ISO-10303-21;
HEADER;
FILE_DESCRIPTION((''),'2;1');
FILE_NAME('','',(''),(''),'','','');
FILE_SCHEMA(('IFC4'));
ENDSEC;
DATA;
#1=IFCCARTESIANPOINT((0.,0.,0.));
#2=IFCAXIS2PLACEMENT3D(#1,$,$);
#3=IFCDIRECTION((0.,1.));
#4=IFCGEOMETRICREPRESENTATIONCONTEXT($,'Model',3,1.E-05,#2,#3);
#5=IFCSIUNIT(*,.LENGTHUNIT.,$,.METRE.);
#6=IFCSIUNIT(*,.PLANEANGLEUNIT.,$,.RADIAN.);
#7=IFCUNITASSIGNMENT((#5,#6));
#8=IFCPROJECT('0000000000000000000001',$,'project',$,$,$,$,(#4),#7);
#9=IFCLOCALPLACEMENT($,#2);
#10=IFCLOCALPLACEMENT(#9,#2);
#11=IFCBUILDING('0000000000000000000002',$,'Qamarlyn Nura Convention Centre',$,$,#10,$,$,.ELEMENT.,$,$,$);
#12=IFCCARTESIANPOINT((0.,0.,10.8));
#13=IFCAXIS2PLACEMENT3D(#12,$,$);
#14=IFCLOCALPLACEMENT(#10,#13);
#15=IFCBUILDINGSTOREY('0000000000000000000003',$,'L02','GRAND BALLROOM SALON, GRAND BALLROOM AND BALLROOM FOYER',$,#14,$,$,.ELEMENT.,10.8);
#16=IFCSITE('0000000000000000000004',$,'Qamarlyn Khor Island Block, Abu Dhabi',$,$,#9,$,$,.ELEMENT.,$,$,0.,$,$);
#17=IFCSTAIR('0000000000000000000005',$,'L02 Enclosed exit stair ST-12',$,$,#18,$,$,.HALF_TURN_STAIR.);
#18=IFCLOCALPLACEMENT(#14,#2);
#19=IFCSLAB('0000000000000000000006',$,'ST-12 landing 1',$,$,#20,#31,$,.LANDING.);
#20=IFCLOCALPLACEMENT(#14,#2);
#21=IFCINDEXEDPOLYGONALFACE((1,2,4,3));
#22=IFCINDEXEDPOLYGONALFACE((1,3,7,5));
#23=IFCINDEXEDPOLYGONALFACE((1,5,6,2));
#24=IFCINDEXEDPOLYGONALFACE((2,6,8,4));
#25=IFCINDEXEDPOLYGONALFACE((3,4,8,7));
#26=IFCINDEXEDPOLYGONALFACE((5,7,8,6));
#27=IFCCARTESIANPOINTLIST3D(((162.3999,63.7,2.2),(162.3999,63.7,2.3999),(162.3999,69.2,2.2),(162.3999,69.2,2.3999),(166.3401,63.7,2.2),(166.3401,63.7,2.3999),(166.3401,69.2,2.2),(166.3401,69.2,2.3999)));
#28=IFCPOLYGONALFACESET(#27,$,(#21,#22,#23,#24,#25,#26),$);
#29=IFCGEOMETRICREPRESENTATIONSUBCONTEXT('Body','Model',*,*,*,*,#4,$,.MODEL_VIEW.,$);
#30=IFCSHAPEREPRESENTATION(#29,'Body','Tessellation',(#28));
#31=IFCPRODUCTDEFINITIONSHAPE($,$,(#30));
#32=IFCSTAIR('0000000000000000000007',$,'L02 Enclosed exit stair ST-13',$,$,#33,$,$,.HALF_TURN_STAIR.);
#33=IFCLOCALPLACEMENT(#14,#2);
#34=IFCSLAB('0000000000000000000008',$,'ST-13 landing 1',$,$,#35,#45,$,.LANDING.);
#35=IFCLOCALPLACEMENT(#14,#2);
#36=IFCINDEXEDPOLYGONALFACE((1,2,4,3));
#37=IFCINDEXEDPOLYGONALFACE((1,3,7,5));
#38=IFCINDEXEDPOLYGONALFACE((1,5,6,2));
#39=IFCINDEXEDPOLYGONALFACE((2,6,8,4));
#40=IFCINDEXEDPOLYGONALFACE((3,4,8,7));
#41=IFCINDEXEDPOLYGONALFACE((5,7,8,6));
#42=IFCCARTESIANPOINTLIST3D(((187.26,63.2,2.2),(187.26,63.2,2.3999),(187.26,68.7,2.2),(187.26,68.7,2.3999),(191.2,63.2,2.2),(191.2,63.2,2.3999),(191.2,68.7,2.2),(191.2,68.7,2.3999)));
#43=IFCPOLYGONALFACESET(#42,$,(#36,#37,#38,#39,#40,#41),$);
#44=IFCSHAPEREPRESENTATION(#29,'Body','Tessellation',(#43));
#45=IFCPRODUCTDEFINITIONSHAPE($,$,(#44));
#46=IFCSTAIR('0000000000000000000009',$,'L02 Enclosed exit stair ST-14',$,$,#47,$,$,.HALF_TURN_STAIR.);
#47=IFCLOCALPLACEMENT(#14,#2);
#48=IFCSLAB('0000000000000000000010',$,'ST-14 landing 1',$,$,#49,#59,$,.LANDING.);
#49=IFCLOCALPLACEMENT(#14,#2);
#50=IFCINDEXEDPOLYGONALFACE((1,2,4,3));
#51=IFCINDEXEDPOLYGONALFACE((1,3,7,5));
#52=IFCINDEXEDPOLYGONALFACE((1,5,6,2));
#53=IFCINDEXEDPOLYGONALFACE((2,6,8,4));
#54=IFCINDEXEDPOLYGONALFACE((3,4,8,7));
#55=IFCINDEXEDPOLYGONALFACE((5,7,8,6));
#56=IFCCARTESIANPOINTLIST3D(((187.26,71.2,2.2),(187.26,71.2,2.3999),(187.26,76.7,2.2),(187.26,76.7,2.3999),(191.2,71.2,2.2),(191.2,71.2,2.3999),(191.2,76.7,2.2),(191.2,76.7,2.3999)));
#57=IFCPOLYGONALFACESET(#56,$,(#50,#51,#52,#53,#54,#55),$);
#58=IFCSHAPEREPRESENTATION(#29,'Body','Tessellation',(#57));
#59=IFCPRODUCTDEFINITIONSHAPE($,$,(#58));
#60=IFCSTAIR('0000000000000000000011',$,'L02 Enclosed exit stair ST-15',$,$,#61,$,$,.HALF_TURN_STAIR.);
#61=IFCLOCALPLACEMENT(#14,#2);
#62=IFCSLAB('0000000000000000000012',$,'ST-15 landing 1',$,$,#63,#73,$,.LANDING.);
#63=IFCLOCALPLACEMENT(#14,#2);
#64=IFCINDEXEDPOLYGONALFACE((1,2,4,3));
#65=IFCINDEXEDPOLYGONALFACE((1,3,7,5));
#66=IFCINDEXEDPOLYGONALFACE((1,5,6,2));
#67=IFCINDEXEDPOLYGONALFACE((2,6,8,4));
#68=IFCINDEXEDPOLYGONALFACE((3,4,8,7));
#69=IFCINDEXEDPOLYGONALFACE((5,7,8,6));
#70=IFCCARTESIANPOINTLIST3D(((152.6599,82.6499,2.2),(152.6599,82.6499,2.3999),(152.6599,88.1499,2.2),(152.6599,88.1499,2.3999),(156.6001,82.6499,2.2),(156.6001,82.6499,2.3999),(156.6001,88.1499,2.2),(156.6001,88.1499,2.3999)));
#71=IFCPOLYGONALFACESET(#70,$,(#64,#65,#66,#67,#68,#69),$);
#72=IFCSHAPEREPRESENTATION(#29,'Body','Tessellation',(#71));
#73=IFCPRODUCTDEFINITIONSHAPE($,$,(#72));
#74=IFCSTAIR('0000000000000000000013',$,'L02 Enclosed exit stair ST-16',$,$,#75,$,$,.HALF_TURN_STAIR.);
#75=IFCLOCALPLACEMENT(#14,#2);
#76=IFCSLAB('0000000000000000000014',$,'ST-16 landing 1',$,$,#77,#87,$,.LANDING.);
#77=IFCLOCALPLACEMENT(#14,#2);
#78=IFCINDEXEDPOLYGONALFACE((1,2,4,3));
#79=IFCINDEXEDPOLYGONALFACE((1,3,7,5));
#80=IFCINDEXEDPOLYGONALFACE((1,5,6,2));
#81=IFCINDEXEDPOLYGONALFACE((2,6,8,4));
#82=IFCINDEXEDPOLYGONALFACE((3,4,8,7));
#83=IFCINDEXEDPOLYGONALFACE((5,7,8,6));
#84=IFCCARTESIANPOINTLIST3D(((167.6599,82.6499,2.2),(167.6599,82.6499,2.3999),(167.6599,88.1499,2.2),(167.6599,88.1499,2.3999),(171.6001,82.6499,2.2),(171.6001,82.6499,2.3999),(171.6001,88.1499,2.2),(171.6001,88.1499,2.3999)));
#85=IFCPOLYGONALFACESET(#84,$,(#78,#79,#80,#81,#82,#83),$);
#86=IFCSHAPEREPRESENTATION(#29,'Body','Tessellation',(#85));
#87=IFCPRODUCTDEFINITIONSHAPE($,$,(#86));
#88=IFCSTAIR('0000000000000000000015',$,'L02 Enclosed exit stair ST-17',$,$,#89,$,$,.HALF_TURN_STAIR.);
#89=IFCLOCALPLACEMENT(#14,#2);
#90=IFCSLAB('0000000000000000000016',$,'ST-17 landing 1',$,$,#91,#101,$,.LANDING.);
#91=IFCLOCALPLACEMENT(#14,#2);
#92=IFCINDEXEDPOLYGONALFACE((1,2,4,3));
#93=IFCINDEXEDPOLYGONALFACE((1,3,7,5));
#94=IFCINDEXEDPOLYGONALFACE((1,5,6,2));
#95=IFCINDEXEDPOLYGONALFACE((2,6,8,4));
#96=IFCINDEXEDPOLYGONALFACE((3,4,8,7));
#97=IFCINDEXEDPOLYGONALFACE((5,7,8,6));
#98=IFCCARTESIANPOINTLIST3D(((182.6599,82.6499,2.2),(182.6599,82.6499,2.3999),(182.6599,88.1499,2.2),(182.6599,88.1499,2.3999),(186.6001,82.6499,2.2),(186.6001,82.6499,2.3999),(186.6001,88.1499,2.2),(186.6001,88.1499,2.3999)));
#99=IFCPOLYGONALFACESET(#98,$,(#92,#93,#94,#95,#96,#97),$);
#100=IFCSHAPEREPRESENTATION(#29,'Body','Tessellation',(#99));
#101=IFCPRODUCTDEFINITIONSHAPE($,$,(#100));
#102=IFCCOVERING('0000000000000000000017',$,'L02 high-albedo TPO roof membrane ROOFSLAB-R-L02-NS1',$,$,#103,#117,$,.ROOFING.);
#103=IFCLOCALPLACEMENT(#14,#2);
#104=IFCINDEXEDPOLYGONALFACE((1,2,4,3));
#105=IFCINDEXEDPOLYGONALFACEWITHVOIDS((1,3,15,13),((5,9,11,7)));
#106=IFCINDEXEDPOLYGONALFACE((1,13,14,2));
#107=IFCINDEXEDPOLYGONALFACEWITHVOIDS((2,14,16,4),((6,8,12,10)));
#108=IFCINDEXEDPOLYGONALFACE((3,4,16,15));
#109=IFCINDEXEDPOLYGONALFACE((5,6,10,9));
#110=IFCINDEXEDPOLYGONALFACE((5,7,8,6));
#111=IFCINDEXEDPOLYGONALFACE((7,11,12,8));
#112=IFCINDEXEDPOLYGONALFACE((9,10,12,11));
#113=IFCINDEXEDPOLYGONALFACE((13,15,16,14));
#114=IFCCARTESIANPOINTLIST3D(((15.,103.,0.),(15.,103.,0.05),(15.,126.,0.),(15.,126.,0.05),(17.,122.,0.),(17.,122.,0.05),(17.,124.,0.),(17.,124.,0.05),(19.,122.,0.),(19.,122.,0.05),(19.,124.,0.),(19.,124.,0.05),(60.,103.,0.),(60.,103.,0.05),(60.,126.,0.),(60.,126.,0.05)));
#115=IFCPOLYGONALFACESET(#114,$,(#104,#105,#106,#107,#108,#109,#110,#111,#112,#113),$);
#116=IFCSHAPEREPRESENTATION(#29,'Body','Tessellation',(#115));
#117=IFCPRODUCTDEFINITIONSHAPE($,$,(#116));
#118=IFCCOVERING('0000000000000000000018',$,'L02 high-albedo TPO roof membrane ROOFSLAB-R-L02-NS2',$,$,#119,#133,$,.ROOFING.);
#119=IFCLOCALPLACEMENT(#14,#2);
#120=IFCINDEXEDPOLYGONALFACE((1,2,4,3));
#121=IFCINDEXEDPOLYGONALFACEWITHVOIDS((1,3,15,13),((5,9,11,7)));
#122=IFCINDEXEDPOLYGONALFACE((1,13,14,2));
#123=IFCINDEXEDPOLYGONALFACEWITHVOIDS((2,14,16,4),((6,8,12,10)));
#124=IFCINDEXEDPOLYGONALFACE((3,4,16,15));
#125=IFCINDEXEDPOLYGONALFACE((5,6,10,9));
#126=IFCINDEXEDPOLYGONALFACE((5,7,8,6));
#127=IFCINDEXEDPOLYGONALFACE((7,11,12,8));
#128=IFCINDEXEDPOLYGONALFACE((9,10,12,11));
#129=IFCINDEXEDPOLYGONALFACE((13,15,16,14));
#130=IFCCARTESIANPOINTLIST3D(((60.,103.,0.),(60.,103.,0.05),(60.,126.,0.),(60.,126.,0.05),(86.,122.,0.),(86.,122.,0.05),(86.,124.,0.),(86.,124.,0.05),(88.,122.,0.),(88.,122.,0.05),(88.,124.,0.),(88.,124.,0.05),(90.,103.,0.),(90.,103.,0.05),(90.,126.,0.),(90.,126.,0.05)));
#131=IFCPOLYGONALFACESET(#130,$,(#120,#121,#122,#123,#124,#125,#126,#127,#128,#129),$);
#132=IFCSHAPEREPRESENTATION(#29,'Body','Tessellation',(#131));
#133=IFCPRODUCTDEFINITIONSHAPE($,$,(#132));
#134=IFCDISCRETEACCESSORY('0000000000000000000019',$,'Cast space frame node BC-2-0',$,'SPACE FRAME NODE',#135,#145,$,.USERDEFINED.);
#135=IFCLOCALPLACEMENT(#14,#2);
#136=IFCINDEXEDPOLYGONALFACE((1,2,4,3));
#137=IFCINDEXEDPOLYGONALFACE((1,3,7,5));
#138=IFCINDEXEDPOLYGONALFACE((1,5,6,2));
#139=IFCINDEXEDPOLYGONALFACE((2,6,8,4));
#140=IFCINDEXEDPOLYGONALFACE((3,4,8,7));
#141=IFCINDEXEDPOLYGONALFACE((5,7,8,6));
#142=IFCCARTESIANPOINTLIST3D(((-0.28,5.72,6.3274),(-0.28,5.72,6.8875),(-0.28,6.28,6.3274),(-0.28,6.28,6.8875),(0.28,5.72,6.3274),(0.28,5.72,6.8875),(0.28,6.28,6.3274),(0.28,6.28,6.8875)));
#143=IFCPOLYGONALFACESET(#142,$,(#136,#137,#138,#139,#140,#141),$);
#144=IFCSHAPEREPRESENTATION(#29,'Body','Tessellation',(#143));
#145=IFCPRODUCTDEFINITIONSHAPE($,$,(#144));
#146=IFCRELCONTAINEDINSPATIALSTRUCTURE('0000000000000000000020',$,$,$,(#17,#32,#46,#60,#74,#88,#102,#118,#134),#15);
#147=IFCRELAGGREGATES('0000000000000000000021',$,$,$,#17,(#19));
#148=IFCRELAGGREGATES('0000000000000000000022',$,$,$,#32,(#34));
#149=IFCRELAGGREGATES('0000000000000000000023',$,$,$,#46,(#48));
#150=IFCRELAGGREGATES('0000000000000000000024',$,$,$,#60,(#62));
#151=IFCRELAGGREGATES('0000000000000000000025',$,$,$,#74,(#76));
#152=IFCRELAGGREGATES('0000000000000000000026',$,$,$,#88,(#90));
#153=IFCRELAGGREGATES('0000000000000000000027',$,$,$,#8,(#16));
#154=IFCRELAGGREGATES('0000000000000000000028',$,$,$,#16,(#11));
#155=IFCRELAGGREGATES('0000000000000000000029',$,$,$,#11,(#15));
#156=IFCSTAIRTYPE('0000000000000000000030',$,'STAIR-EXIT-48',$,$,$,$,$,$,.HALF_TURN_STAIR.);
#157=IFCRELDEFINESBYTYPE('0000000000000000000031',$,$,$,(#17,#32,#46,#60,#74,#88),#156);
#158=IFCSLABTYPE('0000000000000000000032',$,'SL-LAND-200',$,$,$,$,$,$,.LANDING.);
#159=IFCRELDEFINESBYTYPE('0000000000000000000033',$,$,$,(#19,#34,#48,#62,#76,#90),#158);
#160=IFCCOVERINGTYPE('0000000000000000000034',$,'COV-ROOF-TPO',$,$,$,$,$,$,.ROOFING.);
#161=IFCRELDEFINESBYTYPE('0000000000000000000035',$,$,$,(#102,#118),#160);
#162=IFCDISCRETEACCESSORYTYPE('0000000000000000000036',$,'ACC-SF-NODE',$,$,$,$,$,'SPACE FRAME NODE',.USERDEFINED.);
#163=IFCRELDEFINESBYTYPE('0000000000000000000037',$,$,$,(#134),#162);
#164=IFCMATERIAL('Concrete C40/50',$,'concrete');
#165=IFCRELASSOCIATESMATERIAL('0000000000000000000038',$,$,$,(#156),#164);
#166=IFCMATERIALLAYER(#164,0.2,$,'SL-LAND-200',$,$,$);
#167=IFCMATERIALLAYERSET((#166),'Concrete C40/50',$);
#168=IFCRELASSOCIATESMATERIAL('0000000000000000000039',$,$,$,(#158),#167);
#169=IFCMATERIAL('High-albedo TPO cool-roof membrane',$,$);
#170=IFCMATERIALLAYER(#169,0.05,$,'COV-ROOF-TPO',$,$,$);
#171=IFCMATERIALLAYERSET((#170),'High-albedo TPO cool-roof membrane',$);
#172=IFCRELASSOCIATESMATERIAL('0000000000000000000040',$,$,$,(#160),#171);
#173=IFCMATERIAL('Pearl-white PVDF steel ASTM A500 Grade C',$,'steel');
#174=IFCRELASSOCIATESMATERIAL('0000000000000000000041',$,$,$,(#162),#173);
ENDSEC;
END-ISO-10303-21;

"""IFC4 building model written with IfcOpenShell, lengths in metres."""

from ifc_helpers import new_model, si_unit, direction, frame, origin, origin_2d, place, context, subcontext, project, spatial, polyline, rectangle, outline, extrude, material, layer, layer_set, type_object, element, aggregate, save


model = new_model("IFC4")

# Units and contexts
model_context = context("Model", 3, precision=1e-05, world=origin(), true_north=direction((0.0, 1.0)))
body_context = subcontext(model_context, "Body", "Model", "MODEL_VIEW")
ifc_project = project(units=[si_unit("LENGTHUNIT", "METRE"), si_unit("PLANEANGLEUNIT", "RADIAN")], contexts=[model_context])

# Site, building, storey
site_placement = place(None, origin())
site = spatial("IfcSite", under=ifc_project, at=site_placement, Name="Qamarlyn Khor Island Block, Abu Dhabi", CompositionType="ELEMENT", RefElevation=0.0)
building_placement = place(site_placement, origin())
building = spatial("IfcBuilding", under=site, at=building_placement, Name="Qamarlyn Nura Convention Centre", CompositionType="ELEMENT")
storey_placement = place(building_placement, frame((0.0, 0.0, 10.8)))
storey = spatial("IfcBuildingStorey", under=building, at=storey_placement, Name="L02", Description="GRAND BALLROOM SALON, GRAND BALLROOM AND BALLROOM FOYER", CompositionType="ELEMENT", Elevation=10.8)

# Shared definitions
ifc_material_1 = material(Name="Pearl-white PVDF steel ASTM A500 Grade C", Category="steel")

# Shared definitions
ifc_material_2 = material(Name="Concrete C40/50", Category="concrete")

# Stairs, slabs
stair_type = type_object("IfcStairType", Name="STAIR-EXIT-48", PredefinedType="HALF_TURN_STAIR", material=ifc_material_2)
ifc_layer_1 = layer(ifc_material_2, 0.2, Name="SL-LAND-200")
ifc_layer_set_1 = layer_set([ifc_layer_1], Name="Concrete C40/50")
slab_type_1 = type_object("IfcSlabType", Name="SL-LAND-200", PredefinedType="LANDING", material=ifc_layer_set_1)
stair_1_placement = place(storey_placement, origin())
stair_1 = element("IfcStair", 1, at=stair_1_placement, inside=storey, type_object=stair_type, Name="L02 Enclosed exit stair ST-12", PredefinedType="HALF_TURN_STAIR")
slab_1_placement = place(storey_placement, frame((0.0, 0.0, 2.2)))
slab_1 = element("IfcSlab", 2, at=slab_1_placement, type_object=slab_type_1, Name="ST-12 landing 1", PredefinedType="LANDING", context=body_context, shape_type="SweptSolid", body=[
    extrude(outline(polyline([(166.3401, 69.2), (162.3999, 69.2), (162.3999, 63.7), (166.3401, 63.7), (166.3401, 69.2)])), origin(), (0.0, 0.0, 1.0), 0.2),
])
aggregate(stair_1, [slab_1])
stair_2_placement = place(storey_placement, origin())
stair_2 = element("IfcStair", 3, at=stair_2_placement, inside=storey, type_object=stair_type, Name="L02 Enclosed exit stair ST-13", PredefinedType="HALF_TURN_STAIR")
slab_2_placement = place(storey_placement, frame((0.0, 0.0, 2.2)))
slab_2 = element("IfcSlab", 4, at=slab_2_placement, type_object=slab_type_1, Name="ST-13 landing 1", PredefinedType="LANDING", context=body_context, shape_type="SweptSolid", body=[
    extrude(outline(polyline([(187.26, 63.2), (191.2, 63.2), (191.2, 68.7), (187.26, 68.7), (187.26, 63.2)])), origin(), (0.0, 0.0, 1.0), 0.2),
])
aggregate(stair_2, [slab_2])
stair_3_placement = place(storey_placement, origin())
stair_3 = element("IfcStair", 5, at=stair_3_placement, inside=storey, type_object=stair_type, Name="L02 Enclosed exit stair ST-14", PredefinedType="HALF_TURN_STAIR")
slab_3_placement = place(storey_placement, frame((0.0, 0.0, 2.2)))
slab_3 = element("IfcSlab", 6, at=slab_3_placement, type_object=slab_type_1, Name="ST-14 landing 1", PredefinedType="LANDING", context=body_context, shape_type="SweptSolid", body=[
    extrude(outline(polyline([(187.26, 71.2), (191.2, 71.2), (191.2, 76.7), (187.26, 76.7), (187.26, 71.2)])), origin(), (0.0, 0.0, 1.0), 0.2),
])
aggregate(stair_3, [slab_3])
stair_4_placement = place(storey_placement, origin())
stair_4 = element("IfcStair", 7, at=stair_4_placement, inside=storey, type_object=stair_type, Name="L02 Enclosed exit stair ST-15", PredefinedType="HALF_TURN_STAIR")
slab_4_placement = place(storey_placement, frame((0.0, 0.0, 2.2)))
slab_4 = element("IfcSlab", 8, at=slab_4_placement, type_object=slab_type_1, Name="ST-15 landing 1", PredefinedType="LANDING", context=body_context, shape_type="SweptSolid", body=[
    extrude(outline(polyline([(152.6599, 82.6499), (156.6001, 82.6499), (156.6001, 88.1499), (152.6599, 88.1499), (152.6599, 82.6499)])), origin(), (0.0, 0.0, 1.0), 0.2),
])
aggregate(stair_4, [slab_4])
stair_5_placement = place(storey_placement, origin())
stair_5 = element("IfcStair", 9, at=stair_5_placement, inside=storey, type_object=stair_type, Name="L02 Enclosed exit stair ST-16", PredefinedType="HALF_TURN_STAIR")
slab_5_placement = place(storey_placement, frame((0.0, 0.0, 2.2)))
slab_5 = element("IfcSlab", 10, at=slab_5_placement, type_object=slab_type_1, Name="ST-16 landing 1", PredefinedType="LANDING", context=body_context, shape_type="SweptSolid", body=[
    extrude(outline(polyline([(167.6599, 82.6499), (171.6001, 82.6499), (171.6001, 88.1499), (167.6599, 88.1499), (167.6599, 82.6499)])), origin(), (0.0, 0.0, 1.0), 0.2),
])
aggregate(stair_5, [slab_5])
stair_6_placement = place(storey_placement, origin())
stair_6 = element("IfcStair", 11, at=stair_6_placement, inside=storey, type_object=stair_type, Name="L02 Enclosed exit stair ST-17", PredefinedType="HALF_TURN_STAIR")
slab_6_placement = place(storey_placement, frame((0.0, 0.0, 2.2)))
slab_6 = element("IfcSlab", 12, at=slab_6_placement, type_object=slab_type_1, Name="ST-17 landing 1", PredefinedType="LANDING", context=body_context, shape_type="SweptSolid", body=[
    extrude(outline(polyline([(182.6599, 82.6499), (186.6001, 82.6499), (186.6001, 88.1499), (182.6599, 88.1499), (182.6599, 82.6499)])), origin(), (0.0, 0.0, 1.0), 0.2),
])
aggregate(stair_6, [slab_6])

# Coverings
ifc_material_3 = material(Name="High-albedo TPO cool-roof membrane")
ifc_layer_2 = layer(ifc_material_3, 0.05, Name="COV-ROOF-TPO")
ifc_layer_set_2 = layer_set([ifc_layer_2], Name="High-albedo TPO cool-roof membrane")
covering_type = type_object("IfcCoveringType", Name="COV-ROOF-TPO", PredefinedType="ROOFING", material=ifc_layer_set_2)
covering_1_placement = place(storey_placement, origin())
element("IfcCovering", 13, at=covering_1_placement, inside=storey, type_object=covering_type, Name="L02 high-albedo TPO roof membrane ROOFSLAB-R-L02-NS1", PredefinedType="ROOFING", context=body_context, shape_type="SweptSolid", body=[
    extrude(outline(polyline([(15.0, 103.0), (15.0, 126.0), (60.0, 126.0), (60.0, 103.0), (15.0, 103.0)]), holes=[polyline([(19.0, 124.0), (17.0, 124.0), (17.0, 122.0), (19.0, 122.0), (19.0, 124.0)])]), origin(), (0.0, 0.0, 1.0), 0.05),
])
covering_2_placement = place(storey_placement, origin())
element("IfcCovering", 14, at=covering_2_placement, inside=storey, type_object=covering_type, Name="L02 high-albedo TPO roof membrane ROOFSLAB-R-L02-NS2", PredefinedType="ROOFING", context=body_context, shape_type="SweptSolid", body=[
    extrude(outline(polyline([(60.0, 103.0), (60.0, 126.0), (90.0, 126.0), (90.0, 103.0), (60.0, 103.0)]), holes=[polyline([(88.0, 124.0), (86.0, 124.0), (86.0, 122.0), (88.0, 122.0), (88.0, 124.0)])]), origin(), (0.0, 0.0, 1.0), 0.05),
])

# Discrete accessory
discrete_accessory_type = type_object("IfcDiscreteAccessoryType", Name="ACC-SF-NODE", ElementType="SPACE FRAME NODE", PredefinedType="USERDEFINED", material=ifc_material_1)
discrete_accessory_placement = place(storey_placement, frame((0.0, 6.0, 6.3274), z_axis=(0.0, 0.0, 1.0), x_axis=(1.0, 0.0, 0.0)))
element("IfcDiscreteAccessory", 15, at=discrete_accessory_placement, inside=storey, type_object=discrete_accessory_type, Name="Cast space frame node BC-2-0", ObjectType="SPACE FRAME NODE", PredefinedType="USERDEFINED", context=body_context, shape_type="SweptSolid", body=[
    extrude(rectangle(XDim=0.5601, YDim=0.5601, at=origin_2d()), origin(), (0.0, 0.0, 1.0), 0.5601),
])

save(model, "model.ifc")
